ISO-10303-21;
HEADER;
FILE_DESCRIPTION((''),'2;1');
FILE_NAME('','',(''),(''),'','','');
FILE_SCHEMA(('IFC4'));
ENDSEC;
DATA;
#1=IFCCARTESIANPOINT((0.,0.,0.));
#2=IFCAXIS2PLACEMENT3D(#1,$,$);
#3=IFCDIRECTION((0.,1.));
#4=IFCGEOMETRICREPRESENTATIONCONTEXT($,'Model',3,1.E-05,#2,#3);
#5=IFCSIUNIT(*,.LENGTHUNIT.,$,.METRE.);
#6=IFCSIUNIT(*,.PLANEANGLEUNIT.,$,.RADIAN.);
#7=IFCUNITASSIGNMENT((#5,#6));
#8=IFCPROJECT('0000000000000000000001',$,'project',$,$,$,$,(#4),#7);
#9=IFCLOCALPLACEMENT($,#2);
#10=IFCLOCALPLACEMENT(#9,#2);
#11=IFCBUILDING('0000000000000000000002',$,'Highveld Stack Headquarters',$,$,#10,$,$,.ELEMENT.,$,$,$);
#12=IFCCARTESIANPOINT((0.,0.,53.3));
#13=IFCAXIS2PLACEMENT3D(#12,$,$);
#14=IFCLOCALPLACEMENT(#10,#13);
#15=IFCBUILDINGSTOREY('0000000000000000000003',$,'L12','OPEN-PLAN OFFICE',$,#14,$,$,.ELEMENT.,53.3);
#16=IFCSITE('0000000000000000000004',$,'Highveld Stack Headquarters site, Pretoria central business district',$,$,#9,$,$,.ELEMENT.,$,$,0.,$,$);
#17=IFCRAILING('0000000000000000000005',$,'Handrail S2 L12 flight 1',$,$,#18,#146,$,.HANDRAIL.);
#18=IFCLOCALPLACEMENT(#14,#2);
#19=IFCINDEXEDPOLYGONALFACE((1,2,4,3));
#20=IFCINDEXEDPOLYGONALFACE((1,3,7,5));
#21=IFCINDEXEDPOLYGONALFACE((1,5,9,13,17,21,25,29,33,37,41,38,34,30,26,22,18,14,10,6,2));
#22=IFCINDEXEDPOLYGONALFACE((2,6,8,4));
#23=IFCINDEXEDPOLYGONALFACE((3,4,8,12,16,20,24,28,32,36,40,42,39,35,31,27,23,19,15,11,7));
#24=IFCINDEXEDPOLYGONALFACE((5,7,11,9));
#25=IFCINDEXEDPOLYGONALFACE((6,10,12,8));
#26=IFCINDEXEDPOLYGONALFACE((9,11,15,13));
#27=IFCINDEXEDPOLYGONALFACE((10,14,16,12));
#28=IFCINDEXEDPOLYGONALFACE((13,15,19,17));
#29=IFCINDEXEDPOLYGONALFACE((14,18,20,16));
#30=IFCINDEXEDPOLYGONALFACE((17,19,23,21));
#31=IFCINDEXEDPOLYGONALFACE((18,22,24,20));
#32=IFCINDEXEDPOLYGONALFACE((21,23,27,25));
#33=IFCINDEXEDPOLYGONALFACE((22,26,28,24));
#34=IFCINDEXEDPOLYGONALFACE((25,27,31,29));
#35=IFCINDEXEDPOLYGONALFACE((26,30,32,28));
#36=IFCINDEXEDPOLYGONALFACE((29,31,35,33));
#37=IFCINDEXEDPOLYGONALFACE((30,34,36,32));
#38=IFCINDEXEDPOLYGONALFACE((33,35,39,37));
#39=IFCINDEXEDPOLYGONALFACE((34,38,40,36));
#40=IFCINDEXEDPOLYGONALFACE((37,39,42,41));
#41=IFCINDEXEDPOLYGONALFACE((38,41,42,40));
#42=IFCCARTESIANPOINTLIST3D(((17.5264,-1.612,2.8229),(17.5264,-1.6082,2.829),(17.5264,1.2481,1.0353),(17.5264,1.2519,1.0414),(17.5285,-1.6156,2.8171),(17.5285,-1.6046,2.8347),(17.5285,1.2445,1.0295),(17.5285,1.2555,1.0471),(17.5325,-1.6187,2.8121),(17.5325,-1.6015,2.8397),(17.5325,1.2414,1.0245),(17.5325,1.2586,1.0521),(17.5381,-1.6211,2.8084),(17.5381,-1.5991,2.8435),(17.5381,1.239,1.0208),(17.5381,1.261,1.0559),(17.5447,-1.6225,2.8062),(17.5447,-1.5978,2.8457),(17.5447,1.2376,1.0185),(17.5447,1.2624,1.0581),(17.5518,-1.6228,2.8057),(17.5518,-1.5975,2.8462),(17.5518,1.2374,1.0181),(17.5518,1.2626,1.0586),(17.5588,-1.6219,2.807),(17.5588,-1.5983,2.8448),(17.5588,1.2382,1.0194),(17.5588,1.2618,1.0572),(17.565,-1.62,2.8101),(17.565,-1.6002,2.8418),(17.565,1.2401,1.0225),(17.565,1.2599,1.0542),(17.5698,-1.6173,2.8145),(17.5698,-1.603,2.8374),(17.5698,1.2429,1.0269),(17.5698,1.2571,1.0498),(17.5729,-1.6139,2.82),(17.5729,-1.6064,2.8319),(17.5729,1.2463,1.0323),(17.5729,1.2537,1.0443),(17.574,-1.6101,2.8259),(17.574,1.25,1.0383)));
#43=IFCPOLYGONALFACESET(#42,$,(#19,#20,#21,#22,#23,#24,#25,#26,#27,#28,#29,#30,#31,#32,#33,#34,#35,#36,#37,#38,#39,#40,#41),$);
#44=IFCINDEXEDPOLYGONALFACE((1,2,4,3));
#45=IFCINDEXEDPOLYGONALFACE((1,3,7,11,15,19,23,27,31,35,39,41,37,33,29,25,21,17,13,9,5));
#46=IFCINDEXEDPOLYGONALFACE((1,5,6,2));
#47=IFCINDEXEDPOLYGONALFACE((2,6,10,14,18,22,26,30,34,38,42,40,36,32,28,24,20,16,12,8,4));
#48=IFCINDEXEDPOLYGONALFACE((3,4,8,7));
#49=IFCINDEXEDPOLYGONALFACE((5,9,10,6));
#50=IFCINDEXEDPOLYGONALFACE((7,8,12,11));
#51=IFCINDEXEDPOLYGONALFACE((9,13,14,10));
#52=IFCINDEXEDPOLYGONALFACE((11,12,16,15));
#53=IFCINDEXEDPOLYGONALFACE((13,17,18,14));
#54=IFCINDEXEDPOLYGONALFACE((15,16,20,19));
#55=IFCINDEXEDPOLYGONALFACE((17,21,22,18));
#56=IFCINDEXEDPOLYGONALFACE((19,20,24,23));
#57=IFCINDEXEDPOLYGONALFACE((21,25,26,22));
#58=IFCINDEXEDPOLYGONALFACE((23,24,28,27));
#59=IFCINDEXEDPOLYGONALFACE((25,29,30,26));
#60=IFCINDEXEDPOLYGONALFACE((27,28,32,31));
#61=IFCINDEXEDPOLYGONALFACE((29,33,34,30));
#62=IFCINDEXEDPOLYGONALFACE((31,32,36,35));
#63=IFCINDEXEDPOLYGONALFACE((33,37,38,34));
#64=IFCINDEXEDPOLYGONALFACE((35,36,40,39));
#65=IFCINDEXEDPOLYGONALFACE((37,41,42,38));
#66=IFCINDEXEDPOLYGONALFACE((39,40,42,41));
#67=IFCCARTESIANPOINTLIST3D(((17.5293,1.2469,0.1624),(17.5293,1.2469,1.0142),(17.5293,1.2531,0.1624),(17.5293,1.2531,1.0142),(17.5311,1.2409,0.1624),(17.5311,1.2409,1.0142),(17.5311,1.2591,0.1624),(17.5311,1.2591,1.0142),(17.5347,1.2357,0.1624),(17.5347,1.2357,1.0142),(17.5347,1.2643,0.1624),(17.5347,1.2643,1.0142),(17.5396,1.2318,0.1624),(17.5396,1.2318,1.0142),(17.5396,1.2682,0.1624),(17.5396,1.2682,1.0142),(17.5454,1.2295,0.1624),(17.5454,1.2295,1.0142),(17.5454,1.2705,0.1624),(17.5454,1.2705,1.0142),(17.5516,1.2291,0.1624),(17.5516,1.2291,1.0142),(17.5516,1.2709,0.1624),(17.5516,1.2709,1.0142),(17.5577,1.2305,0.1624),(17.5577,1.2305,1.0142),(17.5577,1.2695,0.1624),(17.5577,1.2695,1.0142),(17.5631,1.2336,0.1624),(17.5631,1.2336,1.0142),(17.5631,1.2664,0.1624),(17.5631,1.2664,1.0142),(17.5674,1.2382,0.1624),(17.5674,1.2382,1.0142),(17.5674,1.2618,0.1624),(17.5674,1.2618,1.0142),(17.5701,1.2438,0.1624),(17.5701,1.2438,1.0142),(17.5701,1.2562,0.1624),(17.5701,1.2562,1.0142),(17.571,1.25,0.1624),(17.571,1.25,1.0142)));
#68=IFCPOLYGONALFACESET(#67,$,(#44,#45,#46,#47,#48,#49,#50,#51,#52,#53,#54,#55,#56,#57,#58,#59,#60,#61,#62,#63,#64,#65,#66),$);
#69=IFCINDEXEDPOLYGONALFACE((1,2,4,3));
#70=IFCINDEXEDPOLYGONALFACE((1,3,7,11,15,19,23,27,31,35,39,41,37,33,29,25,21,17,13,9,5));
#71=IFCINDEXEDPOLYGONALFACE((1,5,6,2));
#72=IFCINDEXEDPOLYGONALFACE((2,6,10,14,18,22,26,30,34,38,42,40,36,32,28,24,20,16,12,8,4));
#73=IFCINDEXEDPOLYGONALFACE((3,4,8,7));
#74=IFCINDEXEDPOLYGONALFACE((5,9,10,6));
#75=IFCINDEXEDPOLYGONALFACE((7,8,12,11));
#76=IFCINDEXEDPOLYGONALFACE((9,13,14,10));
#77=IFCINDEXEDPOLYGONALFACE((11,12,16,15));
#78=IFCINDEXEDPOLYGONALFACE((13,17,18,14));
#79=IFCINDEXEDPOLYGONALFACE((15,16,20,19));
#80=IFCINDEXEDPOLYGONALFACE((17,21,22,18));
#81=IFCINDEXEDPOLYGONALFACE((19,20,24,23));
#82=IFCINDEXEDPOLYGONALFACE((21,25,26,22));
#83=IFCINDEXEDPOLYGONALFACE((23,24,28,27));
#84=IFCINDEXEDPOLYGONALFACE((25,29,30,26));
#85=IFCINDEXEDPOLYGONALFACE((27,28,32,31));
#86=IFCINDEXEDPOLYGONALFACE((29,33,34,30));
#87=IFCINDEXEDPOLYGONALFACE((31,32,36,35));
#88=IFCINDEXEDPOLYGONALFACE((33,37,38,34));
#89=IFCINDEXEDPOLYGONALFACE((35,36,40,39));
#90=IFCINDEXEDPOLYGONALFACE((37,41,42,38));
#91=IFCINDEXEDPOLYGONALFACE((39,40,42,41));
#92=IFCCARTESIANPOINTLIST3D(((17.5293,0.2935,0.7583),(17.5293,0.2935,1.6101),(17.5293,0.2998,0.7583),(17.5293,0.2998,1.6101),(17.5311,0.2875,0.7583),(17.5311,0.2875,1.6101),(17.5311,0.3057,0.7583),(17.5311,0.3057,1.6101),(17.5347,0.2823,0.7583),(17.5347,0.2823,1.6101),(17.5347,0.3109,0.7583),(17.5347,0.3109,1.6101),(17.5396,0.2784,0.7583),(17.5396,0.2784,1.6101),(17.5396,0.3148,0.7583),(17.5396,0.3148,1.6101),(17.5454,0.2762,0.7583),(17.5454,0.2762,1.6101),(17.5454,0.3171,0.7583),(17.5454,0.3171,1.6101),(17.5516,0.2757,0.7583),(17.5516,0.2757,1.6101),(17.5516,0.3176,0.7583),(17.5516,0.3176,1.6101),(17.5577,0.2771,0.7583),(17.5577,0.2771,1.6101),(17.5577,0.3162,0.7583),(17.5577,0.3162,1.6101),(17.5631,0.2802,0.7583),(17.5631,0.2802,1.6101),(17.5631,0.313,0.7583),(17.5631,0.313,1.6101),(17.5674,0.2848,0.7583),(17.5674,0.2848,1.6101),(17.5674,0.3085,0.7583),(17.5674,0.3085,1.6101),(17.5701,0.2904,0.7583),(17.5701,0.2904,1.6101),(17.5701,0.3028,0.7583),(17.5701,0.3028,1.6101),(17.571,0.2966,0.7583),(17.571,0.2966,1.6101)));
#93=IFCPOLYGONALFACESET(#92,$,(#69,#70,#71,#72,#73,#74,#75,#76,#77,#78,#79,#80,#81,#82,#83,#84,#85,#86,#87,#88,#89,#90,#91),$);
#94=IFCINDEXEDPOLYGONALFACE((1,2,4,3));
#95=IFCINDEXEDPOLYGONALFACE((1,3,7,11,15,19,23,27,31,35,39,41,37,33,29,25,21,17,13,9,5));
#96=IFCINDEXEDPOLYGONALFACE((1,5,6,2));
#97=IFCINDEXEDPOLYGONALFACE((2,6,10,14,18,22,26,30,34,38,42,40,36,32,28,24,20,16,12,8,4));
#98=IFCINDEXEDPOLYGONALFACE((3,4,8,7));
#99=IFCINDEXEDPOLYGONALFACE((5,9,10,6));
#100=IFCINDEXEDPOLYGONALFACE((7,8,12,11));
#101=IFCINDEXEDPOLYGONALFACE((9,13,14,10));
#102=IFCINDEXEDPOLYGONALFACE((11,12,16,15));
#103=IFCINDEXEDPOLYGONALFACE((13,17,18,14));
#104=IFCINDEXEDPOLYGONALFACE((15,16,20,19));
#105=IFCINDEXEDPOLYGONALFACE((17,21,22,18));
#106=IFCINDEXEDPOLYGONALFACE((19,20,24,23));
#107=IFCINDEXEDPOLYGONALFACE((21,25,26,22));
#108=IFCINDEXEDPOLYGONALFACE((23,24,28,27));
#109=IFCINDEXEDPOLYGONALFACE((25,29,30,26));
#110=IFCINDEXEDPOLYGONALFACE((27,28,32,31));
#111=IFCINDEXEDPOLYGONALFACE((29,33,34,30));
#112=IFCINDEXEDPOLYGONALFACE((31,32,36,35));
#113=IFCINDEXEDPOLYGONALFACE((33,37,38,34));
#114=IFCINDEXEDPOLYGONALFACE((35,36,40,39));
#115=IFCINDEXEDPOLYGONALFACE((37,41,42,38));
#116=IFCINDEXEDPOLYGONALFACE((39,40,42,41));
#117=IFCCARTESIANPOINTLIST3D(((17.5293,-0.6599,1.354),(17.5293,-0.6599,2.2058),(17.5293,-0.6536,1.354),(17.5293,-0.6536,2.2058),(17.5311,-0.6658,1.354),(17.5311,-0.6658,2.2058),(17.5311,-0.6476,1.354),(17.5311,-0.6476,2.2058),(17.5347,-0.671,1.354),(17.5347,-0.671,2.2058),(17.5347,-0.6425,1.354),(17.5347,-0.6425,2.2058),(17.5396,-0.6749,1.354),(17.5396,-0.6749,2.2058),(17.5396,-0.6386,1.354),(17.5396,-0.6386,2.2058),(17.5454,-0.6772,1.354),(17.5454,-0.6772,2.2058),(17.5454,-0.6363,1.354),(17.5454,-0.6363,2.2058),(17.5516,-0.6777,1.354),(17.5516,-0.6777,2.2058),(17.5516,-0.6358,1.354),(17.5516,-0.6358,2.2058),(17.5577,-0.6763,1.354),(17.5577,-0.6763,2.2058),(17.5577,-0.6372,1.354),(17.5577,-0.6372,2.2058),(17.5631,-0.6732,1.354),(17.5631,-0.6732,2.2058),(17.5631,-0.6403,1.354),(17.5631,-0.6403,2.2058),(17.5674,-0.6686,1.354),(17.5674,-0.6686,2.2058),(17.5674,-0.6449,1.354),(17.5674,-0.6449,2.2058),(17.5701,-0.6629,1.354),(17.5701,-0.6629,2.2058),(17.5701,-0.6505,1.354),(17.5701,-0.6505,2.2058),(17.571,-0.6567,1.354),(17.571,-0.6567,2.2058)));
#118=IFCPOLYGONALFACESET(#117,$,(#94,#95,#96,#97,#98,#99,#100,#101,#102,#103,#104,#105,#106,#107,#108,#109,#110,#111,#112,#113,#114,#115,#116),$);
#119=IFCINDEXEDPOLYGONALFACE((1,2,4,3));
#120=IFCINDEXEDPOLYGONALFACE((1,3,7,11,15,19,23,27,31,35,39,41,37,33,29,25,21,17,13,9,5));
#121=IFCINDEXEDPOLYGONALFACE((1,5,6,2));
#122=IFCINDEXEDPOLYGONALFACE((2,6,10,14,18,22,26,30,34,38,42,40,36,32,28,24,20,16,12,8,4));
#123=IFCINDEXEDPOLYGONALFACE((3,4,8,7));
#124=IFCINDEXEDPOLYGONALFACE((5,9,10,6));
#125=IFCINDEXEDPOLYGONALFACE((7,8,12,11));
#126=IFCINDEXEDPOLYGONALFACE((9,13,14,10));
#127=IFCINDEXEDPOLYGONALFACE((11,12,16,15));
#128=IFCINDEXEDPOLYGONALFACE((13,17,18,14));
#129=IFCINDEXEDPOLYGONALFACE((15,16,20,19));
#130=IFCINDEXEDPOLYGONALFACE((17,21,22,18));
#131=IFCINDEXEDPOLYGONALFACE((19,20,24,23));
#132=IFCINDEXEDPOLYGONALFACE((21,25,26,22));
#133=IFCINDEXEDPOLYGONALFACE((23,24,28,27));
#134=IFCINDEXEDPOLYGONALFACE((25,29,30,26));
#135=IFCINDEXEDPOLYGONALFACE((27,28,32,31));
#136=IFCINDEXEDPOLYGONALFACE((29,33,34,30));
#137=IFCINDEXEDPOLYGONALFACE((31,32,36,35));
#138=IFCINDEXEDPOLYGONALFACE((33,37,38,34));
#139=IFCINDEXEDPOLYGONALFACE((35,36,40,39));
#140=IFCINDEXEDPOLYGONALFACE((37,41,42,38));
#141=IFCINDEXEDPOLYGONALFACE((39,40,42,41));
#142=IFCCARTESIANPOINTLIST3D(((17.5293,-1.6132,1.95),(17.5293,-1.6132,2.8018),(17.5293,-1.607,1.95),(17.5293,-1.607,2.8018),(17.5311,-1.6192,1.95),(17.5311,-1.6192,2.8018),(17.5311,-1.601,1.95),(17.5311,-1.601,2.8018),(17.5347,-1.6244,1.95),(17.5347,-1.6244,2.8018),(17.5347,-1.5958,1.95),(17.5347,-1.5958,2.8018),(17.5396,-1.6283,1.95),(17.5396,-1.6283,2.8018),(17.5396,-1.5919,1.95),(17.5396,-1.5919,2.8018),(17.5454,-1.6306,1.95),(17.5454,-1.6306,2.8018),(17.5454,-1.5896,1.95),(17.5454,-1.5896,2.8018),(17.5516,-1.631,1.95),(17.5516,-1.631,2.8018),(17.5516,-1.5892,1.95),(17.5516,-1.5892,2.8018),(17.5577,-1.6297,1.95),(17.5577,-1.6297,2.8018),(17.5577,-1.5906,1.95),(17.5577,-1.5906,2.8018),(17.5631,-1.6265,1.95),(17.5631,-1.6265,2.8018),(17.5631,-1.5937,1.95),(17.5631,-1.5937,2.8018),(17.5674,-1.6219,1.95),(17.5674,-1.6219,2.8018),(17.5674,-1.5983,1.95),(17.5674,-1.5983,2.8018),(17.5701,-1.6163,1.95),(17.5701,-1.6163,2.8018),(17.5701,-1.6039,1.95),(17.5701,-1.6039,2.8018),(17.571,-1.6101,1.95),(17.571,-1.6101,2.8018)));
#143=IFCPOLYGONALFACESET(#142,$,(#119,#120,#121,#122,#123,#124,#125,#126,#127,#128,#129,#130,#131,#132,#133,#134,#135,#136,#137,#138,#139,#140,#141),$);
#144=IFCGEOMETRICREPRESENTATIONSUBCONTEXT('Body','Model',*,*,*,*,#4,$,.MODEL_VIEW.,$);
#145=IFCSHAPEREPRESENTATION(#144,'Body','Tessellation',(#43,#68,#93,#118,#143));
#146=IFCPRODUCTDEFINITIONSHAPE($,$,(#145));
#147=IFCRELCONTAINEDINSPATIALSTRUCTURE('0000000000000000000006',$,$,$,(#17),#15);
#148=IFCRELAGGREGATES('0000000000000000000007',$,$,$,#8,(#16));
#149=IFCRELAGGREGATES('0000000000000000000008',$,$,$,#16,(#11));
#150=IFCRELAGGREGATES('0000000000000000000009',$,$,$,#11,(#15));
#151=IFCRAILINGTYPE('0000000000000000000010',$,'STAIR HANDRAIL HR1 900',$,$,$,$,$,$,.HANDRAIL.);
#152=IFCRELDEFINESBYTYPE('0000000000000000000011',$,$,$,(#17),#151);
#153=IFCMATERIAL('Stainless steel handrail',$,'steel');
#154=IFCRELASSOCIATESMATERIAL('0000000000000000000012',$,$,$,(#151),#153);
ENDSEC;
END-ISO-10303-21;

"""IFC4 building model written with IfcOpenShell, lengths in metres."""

from ifc_helpers import new_model, si_unit, direction, frame, origin, origin_2d, place, context, subcontext, project, spatial, circle, extrude, material, type_object, element, save


model = new_model("IFC4")

# Units and contexts
model_context = context("Model", 3, precision=1e-05, world=origin(), true_north=direction((0.0, 1.0)))
body_context = subcontext(model_context, "Body", "Model", "MODEL_VIEW")
ifc_project = project(units=[si_unit("LENGTHUNIT", "METRE"), si_unit("PLANEANGLEUNIT", "RADIAN")], contexts=[model_context])

# Site, building, storey
site_placement = place(None, origin())
site = spatial("IfcSite", under=ifc_project, at=site_placement, Name="Highveld Stack Headquarters site, Pretoria central business district", CompositionType="ELEMENT", RefElevation=0.0)
building_placement = place(site_placement, origin())
building = spatial("IfcBuilding", under=site, at=building_placement, Name="Highveld Stack Headquarters", CompositionType="ELEMENT")
storey_placement = place(building_placement, frame((0.0, 0.0, 53.3)))
storey = spatial("IfcBuildingStorey", under=building, at=storey_placement, Name="L12", Description="OPEN-PLAN OFFICE", CompositionType="ELEMENT", Elevation=53.3)

# Railing
ifc_material_1 = material(Name="Stainless steel handrail", Category="steel")
railing_type = type_object("IfcRailingType", Name="STAIR HANDRAIL HR1 900", PredefinedType="HANDRAIL", material=ifc_material_1)
for number, where, name in (
    (1, (17.55, 1.25, 0.1624), "Handrail S2 L12 flight 1"),
):
    element("IfcRailing", number, at=place(storey_placement, frame(where)), inside=storey, type_object=railing_type, Name=name, PredefinedType="HANDRAIL", context=body_context, shape_type="SweptSolid", body=[
        extrude(circle(Radius=0.0239, at=origin_2d()), frame((0.0, 0.0, 0.876), z_axis=(0.0, -0.847994, 0.530005), x_axis=(1.0, 0.0, 0.0)), (0.0, 0.0, 1.0), 3.3728),
        extrude(circle(Radius=0.021, at=origin_2d()), origin(), (0.0, 0.0, 1.0), 0.8518),
        extrude(circle(Radius=0.021, at=origin_2d()), frame((0.0, -0.9534, 0.5959)), (0.0, 0.0, 1.0), 0.8518),
        extrude(circle(Radius=0.021, at=origin_2d()), frame((0.0, -1.9067, 1.1917)), (0.0, 0.0, 1.0), 0.8518),
        extrude(circle(Radius=0.021, at=origin_2d()), frame((0.0, -2.8601, 1.7876)), (0.0, 0.0, 1.0), 0.8518),
    ])

save(model, "model.ifc")
